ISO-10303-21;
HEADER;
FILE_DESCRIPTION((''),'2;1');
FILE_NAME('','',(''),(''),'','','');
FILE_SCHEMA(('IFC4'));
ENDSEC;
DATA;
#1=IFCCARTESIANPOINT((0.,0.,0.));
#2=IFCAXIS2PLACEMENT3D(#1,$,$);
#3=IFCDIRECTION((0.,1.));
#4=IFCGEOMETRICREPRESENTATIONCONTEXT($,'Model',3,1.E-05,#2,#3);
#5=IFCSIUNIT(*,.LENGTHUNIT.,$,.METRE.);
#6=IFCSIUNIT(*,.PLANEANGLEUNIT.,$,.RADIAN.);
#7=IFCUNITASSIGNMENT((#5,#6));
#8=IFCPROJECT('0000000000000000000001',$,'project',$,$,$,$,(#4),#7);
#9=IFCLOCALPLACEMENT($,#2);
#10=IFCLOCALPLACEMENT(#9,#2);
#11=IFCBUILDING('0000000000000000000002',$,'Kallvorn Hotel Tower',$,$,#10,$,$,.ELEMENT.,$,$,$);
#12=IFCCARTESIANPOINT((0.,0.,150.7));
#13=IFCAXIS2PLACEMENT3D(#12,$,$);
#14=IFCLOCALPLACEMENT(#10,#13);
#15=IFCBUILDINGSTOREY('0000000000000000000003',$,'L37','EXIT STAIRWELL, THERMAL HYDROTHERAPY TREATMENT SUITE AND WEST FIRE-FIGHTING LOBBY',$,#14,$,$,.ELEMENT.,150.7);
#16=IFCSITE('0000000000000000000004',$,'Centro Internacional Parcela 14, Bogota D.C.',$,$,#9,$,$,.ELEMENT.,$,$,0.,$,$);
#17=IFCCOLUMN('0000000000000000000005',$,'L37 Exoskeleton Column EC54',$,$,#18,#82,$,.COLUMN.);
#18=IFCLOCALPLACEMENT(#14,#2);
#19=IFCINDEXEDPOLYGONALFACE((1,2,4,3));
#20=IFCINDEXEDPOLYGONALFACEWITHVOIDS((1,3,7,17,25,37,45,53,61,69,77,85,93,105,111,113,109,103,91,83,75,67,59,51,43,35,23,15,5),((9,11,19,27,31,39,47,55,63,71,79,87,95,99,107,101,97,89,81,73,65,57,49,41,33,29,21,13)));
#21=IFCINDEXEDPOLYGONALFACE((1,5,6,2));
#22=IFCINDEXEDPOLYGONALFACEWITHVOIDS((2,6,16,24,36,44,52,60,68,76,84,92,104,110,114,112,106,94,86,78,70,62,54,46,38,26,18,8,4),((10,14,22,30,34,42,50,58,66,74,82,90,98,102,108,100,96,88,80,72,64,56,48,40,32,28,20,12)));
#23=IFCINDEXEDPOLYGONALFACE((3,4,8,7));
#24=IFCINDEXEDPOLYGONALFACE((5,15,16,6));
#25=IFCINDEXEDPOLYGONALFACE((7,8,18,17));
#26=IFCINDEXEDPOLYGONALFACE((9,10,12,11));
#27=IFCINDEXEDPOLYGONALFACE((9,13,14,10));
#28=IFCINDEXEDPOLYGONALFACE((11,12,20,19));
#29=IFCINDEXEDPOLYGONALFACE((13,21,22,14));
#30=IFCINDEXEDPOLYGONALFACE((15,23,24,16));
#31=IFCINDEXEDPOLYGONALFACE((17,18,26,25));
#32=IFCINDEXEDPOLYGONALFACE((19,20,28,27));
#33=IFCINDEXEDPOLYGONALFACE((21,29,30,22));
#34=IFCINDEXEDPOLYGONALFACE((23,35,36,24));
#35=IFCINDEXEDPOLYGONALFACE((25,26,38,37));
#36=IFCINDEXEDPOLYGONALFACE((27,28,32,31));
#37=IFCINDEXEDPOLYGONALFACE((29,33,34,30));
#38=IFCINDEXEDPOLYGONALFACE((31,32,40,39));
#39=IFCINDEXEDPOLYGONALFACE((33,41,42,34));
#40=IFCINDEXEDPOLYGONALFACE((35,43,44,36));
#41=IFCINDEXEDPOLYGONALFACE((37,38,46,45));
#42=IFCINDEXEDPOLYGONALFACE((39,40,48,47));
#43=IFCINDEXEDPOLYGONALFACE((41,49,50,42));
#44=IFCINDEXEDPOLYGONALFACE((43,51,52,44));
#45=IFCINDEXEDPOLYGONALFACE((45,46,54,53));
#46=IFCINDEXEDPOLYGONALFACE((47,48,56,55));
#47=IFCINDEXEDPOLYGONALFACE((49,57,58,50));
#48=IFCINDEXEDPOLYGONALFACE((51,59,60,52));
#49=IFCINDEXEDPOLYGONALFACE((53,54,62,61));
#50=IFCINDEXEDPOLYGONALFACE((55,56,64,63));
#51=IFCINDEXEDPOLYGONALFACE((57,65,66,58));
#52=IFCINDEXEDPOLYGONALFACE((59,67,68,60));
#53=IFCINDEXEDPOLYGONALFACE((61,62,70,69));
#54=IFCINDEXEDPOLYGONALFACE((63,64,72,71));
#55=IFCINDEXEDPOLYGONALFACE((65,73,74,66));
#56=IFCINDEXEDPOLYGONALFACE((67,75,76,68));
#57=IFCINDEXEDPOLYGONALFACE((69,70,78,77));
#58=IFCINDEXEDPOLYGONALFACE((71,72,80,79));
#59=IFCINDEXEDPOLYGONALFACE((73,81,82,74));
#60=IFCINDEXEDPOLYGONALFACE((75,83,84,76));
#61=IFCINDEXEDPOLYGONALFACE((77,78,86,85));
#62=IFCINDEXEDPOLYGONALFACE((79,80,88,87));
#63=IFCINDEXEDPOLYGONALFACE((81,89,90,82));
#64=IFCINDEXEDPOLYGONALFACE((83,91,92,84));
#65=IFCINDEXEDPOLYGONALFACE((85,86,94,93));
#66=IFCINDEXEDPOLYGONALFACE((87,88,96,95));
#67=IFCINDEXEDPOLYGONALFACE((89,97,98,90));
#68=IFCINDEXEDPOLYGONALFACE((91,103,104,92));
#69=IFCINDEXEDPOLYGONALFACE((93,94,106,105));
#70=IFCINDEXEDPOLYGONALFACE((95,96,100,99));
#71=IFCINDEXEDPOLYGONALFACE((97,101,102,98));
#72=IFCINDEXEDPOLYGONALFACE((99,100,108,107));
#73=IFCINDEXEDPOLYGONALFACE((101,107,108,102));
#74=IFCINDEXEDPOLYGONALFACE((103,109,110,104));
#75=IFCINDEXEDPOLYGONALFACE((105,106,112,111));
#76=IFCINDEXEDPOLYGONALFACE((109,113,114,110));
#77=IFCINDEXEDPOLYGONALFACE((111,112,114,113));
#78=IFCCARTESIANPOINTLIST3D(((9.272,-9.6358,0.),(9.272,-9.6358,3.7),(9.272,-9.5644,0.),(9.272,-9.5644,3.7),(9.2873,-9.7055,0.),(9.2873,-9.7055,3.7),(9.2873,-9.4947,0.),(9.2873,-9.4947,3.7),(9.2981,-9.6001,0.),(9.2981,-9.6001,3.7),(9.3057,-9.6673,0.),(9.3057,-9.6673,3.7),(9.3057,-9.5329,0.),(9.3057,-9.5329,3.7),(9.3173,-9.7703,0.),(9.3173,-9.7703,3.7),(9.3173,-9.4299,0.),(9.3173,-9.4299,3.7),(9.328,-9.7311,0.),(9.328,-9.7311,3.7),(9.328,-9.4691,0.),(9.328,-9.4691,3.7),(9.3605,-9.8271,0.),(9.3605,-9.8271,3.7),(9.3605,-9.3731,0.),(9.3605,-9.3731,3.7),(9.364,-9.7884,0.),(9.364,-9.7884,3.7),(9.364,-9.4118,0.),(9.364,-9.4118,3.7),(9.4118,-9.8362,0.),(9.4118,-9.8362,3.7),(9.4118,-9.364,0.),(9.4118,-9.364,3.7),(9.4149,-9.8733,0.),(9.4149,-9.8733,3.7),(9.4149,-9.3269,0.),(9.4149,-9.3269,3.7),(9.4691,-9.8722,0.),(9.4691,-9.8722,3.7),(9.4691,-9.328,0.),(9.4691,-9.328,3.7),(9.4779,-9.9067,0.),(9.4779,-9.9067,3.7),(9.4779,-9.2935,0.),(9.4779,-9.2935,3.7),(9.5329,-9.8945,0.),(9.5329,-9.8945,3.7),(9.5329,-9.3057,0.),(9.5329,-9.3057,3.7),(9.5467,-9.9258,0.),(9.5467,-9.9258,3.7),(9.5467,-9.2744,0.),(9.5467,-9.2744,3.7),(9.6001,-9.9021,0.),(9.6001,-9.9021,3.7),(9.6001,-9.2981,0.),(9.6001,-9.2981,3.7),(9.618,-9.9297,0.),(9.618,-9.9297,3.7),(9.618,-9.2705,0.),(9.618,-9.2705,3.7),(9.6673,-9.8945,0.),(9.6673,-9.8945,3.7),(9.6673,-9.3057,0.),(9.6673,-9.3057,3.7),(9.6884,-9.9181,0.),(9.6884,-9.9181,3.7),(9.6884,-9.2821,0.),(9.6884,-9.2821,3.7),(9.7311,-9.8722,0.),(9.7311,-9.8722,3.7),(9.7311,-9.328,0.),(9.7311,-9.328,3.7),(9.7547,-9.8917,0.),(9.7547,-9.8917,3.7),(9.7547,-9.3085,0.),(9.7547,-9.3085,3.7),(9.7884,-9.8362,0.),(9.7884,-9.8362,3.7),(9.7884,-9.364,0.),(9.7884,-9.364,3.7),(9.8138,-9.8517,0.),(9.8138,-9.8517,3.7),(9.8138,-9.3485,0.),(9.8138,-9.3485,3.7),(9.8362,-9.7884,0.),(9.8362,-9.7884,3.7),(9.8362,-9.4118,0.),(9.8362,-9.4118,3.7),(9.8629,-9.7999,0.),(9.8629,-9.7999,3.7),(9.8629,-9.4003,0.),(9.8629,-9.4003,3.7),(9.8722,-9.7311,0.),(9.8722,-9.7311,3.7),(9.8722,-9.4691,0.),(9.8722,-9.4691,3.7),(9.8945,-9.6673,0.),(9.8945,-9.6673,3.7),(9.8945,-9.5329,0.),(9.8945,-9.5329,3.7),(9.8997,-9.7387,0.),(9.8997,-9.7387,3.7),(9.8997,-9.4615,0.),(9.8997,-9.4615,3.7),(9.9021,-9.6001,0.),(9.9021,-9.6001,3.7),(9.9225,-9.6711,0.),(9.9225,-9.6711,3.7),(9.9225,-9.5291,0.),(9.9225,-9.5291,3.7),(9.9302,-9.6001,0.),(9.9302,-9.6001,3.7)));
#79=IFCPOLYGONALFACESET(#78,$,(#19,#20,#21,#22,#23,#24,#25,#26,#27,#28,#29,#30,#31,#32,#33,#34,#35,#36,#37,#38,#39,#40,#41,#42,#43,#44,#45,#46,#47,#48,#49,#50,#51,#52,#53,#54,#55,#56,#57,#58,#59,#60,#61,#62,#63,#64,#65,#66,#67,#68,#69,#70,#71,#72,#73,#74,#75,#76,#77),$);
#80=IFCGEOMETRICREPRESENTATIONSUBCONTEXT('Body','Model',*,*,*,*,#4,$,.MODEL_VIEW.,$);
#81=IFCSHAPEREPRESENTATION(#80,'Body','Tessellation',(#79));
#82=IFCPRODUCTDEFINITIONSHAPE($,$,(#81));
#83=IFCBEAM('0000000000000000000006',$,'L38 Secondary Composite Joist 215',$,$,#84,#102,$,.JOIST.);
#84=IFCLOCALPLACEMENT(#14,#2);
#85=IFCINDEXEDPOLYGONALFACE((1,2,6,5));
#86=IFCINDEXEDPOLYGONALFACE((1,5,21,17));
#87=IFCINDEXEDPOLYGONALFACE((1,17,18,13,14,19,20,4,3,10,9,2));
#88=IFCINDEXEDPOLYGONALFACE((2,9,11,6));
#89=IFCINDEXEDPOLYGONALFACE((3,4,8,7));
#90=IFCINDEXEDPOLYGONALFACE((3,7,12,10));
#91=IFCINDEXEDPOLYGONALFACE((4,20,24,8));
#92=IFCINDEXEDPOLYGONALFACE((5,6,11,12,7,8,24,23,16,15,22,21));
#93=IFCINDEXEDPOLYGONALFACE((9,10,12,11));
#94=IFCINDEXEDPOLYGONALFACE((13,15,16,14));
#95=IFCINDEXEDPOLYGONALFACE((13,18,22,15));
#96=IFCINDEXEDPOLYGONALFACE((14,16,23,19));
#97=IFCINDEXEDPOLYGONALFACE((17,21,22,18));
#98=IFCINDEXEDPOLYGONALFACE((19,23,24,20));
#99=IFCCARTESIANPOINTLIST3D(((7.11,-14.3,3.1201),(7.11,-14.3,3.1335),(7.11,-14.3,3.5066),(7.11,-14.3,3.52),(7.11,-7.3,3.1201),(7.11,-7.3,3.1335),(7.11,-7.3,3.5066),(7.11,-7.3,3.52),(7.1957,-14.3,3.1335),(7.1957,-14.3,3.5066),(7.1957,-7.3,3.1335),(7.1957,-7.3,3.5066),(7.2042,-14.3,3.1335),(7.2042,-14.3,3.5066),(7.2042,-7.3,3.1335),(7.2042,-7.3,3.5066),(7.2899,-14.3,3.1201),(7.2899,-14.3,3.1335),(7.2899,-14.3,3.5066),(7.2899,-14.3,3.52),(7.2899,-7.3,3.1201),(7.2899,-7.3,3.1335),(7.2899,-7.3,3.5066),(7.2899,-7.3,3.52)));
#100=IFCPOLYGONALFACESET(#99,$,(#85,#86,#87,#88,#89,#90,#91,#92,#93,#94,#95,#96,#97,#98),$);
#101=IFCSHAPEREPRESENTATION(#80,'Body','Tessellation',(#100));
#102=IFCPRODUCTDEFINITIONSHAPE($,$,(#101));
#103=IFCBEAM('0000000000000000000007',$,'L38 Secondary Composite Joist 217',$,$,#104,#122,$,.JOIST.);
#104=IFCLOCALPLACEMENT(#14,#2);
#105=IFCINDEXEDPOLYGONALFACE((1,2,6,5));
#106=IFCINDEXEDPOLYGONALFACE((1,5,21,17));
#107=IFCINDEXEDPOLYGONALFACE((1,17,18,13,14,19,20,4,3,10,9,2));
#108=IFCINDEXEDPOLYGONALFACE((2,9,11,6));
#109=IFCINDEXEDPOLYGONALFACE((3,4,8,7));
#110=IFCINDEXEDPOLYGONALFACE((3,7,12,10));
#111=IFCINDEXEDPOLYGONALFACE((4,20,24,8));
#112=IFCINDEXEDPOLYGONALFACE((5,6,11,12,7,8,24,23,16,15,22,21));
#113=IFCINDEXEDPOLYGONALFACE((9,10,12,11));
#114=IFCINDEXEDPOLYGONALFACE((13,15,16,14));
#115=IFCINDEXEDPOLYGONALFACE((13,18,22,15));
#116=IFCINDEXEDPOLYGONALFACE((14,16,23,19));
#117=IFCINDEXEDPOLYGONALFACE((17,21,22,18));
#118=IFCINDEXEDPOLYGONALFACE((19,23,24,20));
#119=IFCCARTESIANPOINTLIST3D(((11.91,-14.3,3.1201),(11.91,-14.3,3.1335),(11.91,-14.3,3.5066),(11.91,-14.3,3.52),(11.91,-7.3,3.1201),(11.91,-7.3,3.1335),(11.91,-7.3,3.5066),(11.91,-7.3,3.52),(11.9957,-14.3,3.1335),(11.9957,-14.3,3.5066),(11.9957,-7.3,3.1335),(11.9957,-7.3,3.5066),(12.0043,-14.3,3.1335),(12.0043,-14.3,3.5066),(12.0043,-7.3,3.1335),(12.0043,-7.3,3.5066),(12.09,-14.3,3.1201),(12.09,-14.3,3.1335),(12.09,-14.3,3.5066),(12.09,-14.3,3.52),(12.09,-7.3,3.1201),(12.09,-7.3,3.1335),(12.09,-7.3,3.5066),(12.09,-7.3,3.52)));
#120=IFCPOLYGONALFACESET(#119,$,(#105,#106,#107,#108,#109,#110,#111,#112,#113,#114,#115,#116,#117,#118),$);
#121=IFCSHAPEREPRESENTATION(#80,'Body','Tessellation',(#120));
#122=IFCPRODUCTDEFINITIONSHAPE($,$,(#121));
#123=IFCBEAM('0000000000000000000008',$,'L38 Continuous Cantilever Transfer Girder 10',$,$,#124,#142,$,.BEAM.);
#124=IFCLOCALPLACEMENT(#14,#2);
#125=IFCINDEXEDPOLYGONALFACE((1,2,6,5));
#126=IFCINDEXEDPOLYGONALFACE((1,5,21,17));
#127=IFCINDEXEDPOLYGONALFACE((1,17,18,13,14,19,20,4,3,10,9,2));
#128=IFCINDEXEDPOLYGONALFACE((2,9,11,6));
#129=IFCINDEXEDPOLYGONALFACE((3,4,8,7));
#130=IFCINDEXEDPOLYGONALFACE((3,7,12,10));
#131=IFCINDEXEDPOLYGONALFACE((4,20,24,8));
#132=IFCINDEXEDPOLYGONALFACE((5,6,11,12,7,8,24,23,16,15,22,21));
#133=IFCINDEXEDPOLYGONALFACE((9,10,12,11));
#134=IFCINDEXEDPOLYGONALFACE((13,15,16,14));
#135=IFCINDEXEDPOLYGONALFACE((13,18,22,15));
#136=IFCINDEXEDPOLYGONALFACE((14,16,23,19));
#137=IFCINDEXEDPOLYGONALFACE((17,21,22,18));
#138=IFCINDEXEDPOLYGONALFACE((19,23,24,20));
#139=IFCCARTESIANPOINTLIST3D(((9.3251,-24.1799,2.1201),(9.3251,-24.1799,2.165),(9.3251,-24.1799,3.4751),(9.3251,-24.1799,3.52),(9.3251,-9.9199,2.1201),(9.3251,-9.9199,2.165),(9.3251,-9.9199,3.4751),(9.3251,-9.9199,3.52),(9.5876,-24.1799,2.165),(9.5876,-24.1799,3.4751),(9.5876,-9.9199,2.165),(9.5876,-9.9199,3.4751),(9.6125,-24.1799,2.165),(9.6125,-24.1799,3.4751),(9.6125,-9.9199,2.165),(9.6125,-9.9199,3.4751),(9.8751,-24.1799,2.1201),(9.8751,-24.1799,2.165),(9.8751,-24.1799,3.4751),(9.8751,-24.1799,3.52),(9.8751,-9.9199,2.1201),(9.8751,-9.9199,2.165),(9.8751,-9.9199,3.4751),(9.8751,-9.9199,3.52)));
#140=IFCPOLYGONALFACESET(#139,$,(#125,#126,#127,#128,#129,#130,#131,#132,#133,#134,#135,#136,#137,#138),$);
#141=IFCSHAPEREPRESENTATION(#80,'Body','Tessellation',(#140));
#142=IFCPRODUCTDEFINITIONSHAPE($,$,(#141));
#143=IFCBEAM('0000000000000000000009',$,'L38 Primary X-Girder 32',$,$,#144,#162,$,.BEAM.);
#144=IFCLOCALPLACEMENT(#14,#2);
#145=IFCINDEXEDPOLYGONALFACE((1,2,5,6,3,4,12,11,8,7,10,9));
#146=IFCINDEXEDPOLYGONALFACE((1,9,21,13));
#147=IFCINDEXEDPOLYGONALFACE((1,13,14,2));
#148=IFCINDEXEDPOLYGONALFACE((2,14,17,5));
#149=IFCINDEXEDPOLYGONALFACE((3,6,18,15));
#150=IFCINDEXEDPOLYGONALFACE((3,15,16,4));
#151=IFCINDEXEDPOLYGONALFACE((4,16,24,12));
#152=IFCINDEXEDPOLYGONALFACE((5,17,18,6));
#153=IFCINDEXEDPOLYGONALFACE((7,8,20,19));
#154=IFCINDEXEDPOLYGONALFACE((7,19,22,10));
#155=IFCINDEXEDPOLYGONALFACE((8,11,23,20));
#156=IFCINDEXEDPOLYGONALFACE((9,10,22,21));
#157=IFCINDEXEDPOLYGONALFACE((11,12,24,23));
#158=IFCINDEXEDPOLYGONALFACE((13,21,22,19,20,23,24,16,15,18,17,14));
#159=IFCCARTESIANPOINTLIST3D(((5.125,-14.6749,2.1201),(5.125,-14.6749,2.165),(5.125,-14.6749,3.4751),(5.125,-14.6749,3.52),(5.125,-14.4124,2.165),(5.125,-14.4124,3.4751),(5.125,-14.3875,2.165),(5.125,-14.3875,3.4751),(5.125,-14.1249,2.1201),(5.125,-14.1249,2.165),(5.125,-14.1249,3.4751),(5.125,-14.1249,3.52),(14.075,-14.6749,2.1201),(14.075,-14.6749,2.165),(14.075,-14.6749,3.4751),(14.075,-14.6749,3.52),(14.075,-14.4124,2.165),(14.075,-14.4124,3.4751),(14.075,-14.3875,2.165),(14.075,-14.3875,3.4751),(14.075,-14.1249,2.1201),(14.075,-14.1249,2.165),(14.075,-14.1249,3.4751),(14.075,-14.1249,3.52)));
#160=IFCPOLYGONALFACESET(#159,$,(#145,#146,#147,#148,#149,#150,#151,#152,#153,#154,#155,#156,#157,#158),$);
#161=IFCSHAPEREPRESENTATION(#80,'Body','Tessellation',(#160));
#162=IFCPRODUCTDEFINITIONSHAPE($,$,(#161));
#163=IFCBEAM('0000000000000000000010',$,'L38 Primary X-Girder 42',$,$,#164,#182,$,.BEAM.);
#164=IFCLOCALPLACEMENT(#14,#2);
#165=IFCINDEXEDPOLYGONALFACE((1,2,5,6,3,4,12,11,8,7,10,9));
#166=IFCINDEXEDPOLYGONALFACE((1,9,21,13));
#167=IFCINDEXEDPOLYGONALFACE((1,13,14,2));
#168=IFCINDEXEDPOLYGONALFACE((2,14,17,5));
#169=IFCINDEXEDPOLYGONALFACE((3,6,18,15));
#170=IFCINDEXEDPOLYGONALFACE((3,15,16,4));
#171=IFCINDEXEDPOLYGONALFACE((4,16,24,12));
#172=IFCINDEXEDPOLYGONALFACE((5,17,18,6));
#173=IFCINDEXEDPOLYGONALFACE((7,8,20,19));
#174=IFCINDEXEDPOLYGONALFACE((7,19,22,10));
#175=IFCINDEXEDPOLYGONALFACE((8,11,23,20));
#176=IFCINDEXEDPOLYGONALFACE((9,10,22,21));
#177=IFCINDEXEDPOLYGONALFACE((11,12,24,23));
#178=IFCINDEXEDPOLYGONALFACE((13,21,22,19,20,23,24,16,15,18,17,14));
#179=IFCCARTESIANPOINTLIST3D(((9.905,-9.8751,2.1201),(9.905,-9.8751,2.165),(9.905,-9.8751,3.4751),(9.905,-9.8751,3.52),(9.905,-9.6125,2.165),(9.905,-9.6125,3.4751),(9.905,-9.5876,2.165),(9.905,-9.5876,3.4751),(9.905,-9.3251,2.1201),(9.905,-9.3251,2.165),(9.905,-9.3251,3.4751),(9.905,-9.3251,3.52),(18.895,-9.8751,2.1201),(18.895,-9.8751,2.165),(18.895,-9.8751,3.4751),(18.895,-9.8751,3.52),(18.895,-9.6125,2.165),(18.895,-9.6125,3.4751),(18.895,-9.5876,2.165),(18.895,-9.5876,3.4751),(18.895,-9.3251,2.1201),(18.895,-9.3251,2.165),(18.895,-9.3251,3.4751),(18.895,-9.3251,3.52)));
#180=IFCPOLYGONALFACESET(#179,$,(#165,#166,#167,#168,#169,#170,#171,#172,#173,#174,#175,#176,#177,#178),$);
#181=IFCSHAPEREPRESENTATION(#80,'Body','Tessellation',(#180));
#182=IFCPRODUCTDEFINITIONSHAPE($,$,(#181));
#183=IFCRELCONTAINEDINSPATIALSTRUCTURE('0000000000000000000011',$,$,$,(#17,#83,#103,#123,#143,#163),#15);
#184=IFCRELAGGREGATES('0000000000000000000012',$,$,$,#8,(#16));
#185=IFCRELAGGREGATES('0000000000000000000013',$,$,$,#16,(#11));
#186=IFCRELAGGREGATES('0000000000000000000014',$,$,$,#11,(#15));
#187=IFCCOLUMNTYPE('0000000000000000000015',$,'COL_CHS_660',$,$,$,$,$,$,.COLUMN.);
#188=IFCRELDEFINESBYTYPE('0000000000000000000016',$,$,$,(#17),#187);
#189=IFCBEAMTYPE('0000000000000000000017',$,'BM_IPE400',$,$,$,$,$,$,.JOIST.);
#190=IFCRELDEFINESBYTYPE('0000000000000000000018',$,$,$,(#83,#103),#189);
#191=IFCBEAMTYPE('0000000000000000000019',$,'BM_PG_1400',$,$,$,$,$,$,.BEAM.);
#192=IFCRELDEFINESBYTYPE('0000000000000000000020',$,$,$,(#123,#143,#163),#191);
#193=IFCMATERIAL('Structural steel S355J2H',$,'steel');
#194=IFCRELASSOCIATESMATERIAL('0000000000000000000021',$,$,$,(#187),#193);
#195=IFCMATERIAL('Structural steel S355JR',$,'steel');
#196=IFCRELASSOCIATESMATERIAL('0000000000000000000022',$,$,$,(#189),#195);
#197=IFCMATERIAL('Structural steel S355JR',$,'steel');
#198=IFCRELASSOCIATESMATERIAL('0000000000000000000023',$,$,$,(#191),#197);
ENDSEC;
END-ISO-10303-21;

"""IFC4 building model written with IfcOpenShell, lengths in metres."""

from ifc_helpers import new_model, si_unit, direction, frame, origin, origin_2d, place, context, subcontext, project, spatial, hollow_circle, i_section, extrude, material, material_profile, profile_set, type_object, element, save


model = new_model("IFC4")

# Units and contexts
model_context = context("Model", 3, precision=1e-05, world=origin(), true_north=direction((0.0, 1.0)))
body_context = subcontext(model_context, "Body", "Model", "MODEL_VIEW")
ifc_project = project(units=[si_unit("LENGTHUNIT", "METRE"), si_unit("PLANEANGLEUNIT", "RADIAN")], contexts=[model_context])

# Site, building, storey
site_placement = place(None, origin())
site = spatial("IfcSite", under=ifc_project, at=site_placement, Name="Centro Internacional Parcela 14, Bogota D.C.", CompositionType="ELEMENT", RefElevation=0.0)
building_placement = place(site_placement, origin())
building = spatial("IfcBuilding", under=site, at=building_placement, Name="Kallvorn Hotel Tower", CompositionType="ELEMENT")
storey_placement = place(building_placement, frame((0.0, 0.0, 150.7)))
storey = spatial("IfcBuildingStorey", under=building, at=storey_placement, Name="L37", Description="EXIT STAIRWELL, THERMAL HYDROTHERAPY TREATMENT SUITE AND WEST FIRE-FIGHTING LOBBY", CompositionType="ELEMENT", Elevation=150.7)

# Column
ifc_material_1 = material(Name="Structural steel S355J2H", Category="steel")
ifc_material_profile_1 = material_profile(ifc_material_1, hollow_circle(Radius=0.3301, WallThickness=0.0281, at=origin_2d()), Name="CHS 660x28")
ifc_profile_set_1 = profile_set([ifc_material_profile_1], Name="Structural steel S355J2H")
column_type = type_object("IfcColumnType", Name="COL_CHS_660", PredefinedType="COLUMN", material=ifc_profile_set_1)
column_placement = place(storey_placement, frame((9.6001, -9.6001, 0.0), z_axis=(0.0, 0.0, 1.0), x_axis=(1.0, 0.0, 0.0)))
element("IfcColumn", 1, at=column_placement, inside=storey, type_object=column_type, Name="L37 Exoskeleton Column EC54", PredefinedType="COLUMN", context=body_context, shape_type="SweptSolid", body=[
    extrude(hollow_circle(Radius=0.3301, WallThickness=0.0281, at=origin_2d()), origin(), (0.0, 0.0, 1.0), 3.7),
])

# Beams
ifc_material_2 = material(Name="Structural steel S355JR", Category="steel")
ifc_material_profile_2 = material_profile(ifc_material_2, i_section(OverallWidth=0.1799, OverallDepth=0.3999, WebThickness=0.0085, FlangeThickness=0.0134, at=origin_2d()), Name="IPE 400")
ifc_profile_set_2 = profile_set([ifc_material_profile_2], Name="Structural steel S355JR")
beam_type_1 = type_object("IfcBeamType", Name="BM_IPE400", PredefinedType="JOIST", material=ifc_profile_set_2)
for number, where, z_axis, x_axis, name in (
    (2, (7.2, -14.3, 3.3201), (0.0, 1.0, 0.0), (-1.0, 0.0, 0.0), "L38 Secondary Composite Joist 215"),
    (3, (12.0, -14.3, 3.3201), (0.0, 1.0, 0.0), (-1.0, 0.0, 0.0), "L38 Secondary Composite Joist 217"),
):
    element("IfcBeam", number, at=place(storey_placement, frame(where, z_axis=z_axis, x_axis=x_axis)), inside=storey, type_object=beam_type_1, Name=name, PredefinedType="JOIST", context=body_context, shape_type="SweptSolid", body=[
        extrude(i_section(OverallWidth=0.1799, OverallDepth=0.3999, WebThickness=0.0085, FlangeThickness=0.0134, at=origin_2d()), origin(), (0.0, 0.0, 1.0), 7.0),
    ])
ifc_material_3 = material(Name="Structural steel S355JR", Category="steel")
ifc_material_profile_3 = material_profile(ifc_material_3, i_section(OverallWidth=0.55, OverallDepth=1.3999, WebThickness=0.0249, FlangeThickness=0.0449, at=origin_2d()), Name="PG 1400x550x25x45")
ifc_profile_set_3 = profile_set([ifc_material_profile_3], Name="Structural steel S355JR")
beam_type_2 = type_object("IfcBeamType", Name="BM_PG_1400", PredefinedType="BEAM", material=ifc_profile_set_3)
beam_1_placement = place(storey_placement, frame((9.6001, -9.9199, 2.8201), z_axis=(0.0, -1.0, 0.0), x_axis=(1.0, 0.0, 0.0)))
element("IfcBeam", 4, at=beam_1_placement, inside=storey, type_object=beam_type_2, Name="L38 Continuous Cantilever Transfer Girder 10", PredefinedType="BEAM", context=body_context, shape_type="SweptSolid", body=[
    extrude(i_section(OverallWidth=0.55, OverallDepth=1.3999, WebThickness=0.0249, FlangeThickness=0.0449, at=origin_2d()), origin(), (0.0, 0.0, 1.0), 14.26),
])
beam_2_placement = place(storey_placement, frame((5.125, -14.3999, 2.8201), z_axis=(1.0, 0.0, 0.0), x_axis=(0.0, 1.0, 0.0)))
element("IfcBeam", 5, at=beam_2_placement, inside=storey, type_object=beam_type_2, Name="L38 Primary X-Girder 32", PredefinedType="BEAM", context=body_context, shape_type="SweptSolid", body=[
    extrude(i_section(OverallWidth=0.55, OverallDepth=1.3999, WebThickness=0.0249, FlangeThickness=0.0449, at=origin_2d()), origin(), (0.0, 0.0, 1.0), 8.95),
])
beam_3_placement = place(storey_placement, frame((9.905, -9.6001, 2.8201), z_axis=(1.0, 0.0, 0.0), x_axis=(0.0, 1.0, 0.0)))
element("IfcBeam", 6, at=beam_3_placement, inside=storey, type_object=beam_type_2, Name="L38 Primary X-Girder 42", PredefinedType="BEAM", context=body_context, shape_type="SweptSolid", body=[
    extrude(i_section(OverallWidth=0.55, OverallDepth=1.3999, WebThickness=0.0249, FlangeThickness=0.0449, at=origin_2d()), origin(), (0.0, 0.0, 1.0), 8.99),
])

save(model, "model.ifc")
